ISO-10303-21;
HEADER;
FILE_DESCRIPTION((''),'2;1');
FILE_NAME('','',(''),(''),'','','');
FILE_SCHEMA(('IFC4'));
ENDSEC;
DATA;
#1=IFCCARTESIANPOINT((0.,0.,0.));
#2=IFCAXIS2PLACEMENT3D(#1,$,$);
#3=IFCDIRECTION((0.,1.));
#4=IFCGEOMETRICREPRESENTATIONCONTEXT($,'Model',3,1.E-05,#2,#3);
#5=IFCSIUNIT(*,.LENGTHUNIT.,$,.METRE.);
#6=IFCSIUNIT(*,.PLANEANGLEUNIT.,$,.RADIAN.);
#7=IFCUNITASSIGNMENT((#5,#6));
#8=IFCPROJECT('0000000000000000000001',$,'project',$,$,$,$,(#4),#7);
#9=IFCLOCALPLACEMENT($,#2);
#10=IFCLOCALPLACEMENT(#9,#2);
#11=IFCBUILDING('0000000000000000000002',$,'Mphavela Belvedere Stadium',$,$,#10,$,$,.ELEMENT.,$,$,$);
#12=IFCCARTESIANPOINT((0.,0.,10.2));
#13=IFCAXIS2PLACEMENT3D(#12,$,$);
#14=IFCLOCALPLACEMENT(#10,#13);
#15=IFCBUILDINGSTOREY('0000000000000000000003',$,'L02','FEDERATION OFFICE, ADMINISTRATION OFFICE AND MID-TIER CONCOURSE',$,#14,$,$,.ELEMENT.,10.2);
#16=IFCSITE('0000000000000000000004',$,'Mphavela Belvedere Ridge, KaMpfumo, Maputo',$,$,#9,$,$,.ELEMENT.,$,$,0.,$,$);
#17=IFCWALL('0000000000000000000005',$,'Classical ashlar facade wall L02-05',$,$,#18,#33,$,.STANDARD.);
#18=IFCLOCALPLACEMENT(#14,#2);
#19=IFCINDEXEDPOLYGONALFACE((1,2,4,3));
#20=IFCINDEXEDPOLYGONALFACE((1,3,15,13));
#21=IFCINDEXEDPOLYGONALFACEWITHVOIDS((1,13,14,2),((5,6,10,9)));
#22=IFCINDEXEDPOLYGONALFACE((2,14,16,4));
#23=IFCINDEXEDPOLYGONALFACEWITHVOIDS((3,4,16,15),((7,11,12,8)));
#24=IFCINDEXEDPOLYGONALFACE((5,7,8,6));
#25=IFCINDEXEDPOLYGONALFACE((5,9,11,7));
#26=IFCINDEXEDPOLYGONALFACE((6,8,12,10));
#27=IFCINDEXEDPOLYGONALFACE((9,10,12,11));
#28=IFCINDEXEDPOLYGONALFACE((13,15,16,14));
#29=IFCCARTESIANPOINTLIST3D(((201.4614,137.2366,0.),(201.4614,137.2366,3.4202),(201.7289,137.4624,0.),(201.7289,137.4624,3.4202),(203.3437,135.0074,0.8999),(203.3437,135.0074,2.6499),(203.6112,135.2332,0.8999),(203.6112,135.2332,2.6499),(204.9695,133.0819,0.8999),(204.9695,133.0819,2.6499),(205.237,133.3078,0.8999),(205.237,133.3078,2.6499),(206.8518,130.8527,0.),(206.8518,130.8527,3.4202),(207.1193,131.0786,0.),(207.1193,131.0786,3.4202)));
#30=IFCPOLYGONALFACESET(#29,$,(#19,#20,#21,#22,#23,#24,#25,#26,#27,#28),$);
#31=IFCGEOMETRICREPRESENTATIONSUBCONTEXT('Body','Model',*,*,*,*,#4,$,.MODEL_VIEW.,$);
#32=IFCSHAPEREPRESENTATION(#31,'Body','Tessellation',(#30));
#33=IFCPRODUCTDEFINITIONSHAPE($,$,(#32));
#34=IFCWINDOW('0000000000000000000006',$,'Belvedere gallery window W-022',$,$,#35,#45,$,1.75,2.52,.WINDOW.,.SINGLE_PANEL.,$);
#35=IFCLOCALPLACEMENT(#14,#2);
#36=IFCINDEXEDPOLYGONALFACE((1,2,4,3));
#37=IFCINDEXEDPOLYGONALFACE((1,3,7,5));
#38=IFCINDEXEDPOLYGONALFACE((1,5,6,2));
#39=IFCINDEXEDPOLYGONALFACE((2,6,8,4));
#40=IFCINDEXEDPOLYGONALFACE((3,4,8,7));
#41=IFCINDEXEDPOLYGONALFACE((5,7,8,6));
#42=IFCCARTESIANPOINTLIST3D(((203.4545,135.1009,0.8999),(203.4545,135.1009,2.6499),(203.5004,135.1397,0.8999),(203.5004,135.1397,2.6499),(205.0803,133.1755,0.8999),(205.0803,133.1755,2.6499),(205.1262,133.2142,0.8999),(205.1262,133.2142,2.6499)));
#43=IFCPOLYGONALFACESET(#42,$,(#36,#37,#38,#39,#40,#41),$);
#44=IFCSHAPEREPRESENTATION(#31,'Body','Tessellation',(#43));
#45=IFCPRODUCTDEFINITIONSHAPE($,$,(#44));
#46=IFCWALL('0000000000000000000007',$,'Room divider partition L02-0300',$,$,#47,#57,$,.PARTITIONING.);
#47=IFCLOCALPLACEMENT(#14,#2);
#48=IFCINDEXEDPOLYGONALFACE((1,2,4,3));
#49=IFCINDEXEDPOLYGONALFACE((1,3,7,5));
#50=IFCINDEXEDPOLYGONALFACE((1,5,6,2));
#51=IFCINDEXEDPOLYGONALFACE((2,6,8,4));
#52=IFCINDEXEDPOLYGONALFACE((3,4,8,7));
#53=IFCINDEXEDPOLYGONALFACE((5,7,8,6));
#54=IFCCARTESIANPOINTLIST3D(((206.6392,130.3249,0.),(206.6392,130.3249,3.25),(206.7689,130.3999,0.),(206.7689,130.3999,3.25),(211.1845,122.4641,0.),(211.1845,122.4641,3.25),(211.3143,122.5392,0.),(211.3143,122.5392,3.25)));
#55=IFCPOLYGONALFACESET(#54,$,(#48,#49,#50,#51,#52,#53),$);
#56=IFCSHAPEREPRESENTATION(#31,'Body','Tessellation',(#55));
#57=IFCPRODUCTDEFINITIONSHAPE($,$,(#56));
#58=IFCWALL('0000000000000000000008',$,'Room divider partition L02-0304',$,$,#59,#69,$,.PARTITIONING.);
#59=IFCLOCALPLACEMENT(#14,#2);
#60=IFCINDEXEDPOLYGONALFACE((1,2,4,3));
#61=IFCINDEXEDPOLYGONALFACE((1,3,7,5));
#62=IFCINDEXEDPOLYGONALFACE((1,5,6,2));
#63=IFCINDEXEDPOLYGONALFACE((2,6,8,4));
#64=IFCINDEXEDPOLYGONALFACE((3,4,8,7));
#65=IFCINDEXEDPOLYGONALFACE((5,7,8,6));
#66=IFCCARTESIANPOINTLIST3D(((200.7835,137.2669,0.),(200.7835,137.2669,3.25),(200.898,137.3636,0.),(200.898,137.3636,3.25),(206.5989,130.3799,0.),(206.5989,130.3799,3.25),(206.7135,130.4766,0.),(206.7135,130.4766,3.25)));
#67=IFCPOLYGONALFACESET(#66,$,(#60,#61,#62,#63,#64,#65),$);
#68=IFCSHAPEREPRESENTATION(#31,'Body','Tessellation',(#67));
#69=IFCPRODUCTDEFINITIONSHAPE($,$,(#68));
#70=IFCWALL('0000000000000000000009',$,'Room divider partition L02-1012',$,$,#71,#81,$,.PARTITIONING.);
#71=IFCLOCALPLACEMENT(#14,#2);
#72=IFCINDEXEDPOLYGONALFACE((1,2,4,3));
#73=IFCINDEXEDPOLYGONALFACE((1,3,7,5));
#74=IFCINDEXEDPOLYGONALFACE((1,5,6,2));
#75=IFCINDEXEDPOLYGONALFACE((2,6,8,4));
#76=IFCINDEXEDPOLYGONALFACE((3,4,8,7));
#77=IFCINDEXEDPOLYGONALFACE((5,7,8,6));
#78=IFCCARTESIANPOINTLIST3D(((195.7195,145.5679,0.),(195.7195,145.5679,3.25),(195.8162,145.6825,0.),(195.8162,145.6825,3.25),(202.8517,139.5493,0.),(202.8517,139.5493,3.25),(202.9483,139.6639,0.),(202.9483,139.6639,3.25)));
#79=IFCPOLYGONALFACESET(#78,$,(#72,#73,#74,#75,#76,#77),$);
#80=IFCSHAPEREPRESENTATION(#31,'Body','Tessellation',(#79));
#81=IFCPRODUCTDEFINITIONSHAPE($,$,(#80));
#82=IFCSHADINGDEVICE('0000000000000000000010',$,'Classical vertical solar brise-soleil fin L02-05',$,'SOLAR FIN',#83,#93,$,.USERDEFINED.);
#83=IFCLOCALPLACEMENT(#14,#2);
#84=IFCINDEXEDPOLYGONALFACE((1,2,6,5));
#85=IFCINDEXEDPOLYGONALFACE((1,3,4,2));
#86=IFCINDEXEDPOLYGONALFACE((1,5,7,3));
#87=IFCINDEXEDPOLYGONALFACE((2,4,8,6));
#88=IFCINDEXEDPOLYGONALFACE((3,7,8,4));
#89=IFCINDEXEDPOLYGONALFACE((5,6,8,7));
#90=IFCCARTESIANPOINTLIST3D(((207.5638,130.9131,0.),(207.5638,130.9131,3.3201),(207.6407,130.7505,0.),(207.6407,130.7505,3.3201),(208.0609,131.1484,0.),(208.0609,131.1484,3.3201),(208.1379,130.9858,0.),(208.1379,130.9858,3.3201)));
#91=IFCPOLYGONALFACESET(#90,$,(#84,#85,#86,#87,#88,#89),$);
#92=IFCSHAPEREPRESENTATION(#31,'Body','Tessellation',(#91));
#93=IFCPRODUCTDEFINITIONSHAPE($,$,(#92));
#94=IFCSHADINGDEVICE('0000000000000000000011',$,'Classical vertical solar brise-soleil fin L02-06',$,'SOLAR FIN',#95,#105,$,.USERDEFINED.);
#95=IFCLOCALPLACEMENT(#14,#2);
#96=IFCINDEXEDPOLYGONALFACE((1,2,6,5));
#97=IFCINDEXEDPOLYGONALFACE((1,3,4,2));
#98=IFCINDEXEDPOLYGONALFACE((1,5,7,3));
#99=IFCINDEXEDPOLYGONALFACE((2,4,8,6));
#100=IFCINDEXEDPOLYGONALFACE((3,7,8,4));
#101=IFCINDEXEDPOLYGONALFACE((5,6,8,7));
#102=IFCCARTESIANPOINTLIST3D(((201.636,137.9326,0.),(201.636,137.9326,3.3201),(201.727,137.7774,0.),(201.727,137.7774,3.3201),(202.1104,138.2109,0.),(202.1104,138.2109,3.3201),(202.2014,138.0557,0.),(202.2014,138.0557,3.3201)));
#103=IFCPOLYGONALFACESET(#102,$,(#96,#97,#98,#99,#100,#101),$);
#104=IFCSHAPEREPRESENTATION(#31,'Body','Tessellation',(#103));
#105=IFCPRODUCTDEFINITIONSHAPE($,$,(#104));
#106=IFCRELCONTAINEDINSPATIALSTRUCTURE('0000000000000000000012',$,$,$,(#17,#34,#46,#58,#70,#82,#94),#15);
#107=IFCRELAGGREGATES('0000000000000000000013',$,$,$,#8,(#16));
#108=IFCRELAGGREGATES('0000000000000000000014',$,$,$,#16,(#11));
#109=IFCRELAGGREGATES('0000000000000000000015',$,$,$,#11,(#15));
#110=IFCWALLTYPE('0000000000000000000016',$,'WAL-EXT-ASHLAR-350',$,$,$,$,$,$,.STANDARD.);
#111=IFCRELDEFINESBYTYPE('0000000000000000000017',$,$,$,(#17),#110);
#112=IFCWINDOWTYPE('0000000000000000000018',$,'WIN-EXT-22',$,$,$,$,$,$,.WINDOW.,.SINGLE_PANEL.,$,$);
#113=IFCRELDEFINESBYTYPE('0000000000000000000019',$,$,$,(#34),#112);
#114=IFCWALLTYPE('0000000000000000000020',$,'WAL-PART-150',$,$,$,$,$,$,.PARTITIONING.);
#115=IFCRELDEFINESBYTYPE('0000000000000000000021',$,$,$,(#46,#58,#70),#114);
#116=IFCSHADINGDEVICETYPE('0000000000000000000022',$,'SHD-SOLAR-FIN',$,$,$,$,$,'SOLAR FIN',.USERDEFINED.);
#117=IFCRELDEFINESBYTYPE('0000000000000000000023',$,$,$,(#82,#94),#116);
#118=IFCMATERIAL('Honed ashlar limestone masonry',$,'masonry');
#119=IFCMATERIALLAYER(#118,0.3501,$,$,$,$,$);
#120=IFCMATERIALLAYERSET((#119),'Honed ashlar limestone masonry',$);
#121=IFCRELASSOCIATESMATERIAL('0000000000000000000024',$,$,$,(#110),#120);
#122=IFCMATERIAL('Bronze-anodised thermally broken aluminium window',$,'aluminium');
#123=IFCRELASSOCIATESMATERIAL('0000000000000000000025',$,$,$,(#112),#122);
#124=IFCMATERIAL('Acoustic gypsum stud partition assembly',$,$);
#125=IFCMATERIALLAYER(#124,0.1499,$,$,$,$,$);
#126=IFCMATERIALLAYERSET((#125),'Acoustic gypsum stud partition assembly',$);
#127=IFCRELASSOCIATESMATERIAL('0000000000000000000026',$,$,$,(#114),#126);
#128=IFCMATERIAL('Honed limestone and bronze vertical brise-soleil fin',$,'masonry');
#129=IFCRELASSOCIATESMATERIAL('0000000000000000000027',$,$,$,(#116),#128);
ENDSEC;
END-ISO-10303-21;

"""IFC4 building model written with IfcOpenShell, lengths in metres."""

from ifc_helpers import new_model, si_unit, direction, frame, frame_2d, origin, origin_2d, place, context, subcontext, project, spatial, rectangle, extrude, material, layer, layer_set, type_object, element, fill, save


model = new_model("IFC4")

# Units and contexts
model_context = context("Model", 3, precision=1e-05, world=origin(), true_north=direction((0.0, 1.0)))
body_context = subcontext(model_context, "Body", "Model", "MODEL_VIEW")
ifc_project = project(units=[si_unit("LENGTHUNIT", "METRE"), si_unit("PLANEANGLEUNIT", "RADIAN")], contexts=[model_context])

# Site, building, storey
site_placement = place(None, origin())
site = spatial("IfcSite", under=ifc_project, at=site_placement, Name="Mphavela Belvedere Ridge, KaMpfumo, Maputo", CompositionType="ELEMENT", RefElevation=0.0)
building_placement = place(site_placement, origin())
building = spatial("IfcBuilding", under=site, at=building_placement, Name="Mphavela Belvedere Stadium", CompositionType="ELEMENT")
storey_placement = place(building_placement, frame((0.0, 0.0, 10.2)))
storey = spatial("IfcBuildingStorey", under=building, at=storey_placement, Name="L02", Description="FEDERATION OFFICE, ADMINISTRATION OFFICE AND MID-TIER CONCOURSE", CompositionType="ELEMENT", Elevation=10.2)

# Wall, opening, window
ifc_material_1 = material(Name="Honed ashlar limestone masonry", Category="masonry")
ifc_layer_1 = layer(ifc_material_1, 0.3501)
ifc_layer_set_1 = layer_set([ifc_layer_1], Name="Honed ashlar limestone masonry")
wall_type_1 = type_object("IfcWallType", Name="WAL-EXT-ASHLAR-350", PredefinedType="STANDARD", material=ifc_layer_set_1)
wall_1_placement = place(storey_placement, frame((206.9856, 130.9656, 0.0), z_axis=(0.0, 0.0, 1.0), x_axis=(-0.645155, 0.764052, 0.0)))
wall_1 = element("IfcWall", 1, at=wall_1_placement, inside=storey, type_object=wall_type_1, Name="Classical ashlar facade wall L02-05", PredefinedType="STANDARD", context=body_context, shape_type="SweptSolid", body=[
    extrude(rectangle(XDim=8.3552, YDim=0.3501, at=frame_2d((4.1777, 0.0))), origin(), (0.0, 0.0, 1.0), 3.4202),
])
opening_placement = place(wall_1_placement, frame((2.9177, 0.0, 0.8999)))
opening = element("IfcOpeningElement", 2, at=opening_placement, cuts=wall_1, PredefinedType="OPENING", context=body_context, shape_type="SweptSolid", body=[
    extrude(rectangle(XDim=2.52, YDim=1.75, at=frame_2d((1.26, 0.875))), frame((0.0, 0.1851, 0.0), z_axis=(0.0, -1.0, 0.0), x_axis=(1.0, 0.0, 0.0)), (0.0, 0.0, 1.0), 0.3701),
])
ifc_material_2 = material(Name="Bronze-anodised thermally broken aluminium window", Category="aluminium")
window_type = type_object("IfcWindowType", Name="WIN-EXT-22", PartitioningType="SINGLE_PANEL", PredefinedType="WINDOW", material=ifc_material_2)
window_placement = place(opening_placement, origin())
window = element("IfcWindow", 3, at=window_placement, inside=storey, type_object=window_type, Name="Belvedere gallery window W-022", OverallHeight=1.75, OverallWidth=2.52, PartitioningType="SINGLE_PANEL", PredefinedType="WINDOW", context=body_context, shape_type="SweptSolid", body=[
    extrude(rectangle(XDim=2.52, YDim=1.75, at=frame_2d((1.26, 0.875))), frame((0.0, 0.03, 0.0), z_axis=(0.0, -1.0, 0.0), x_axis=(1.0, 0.0, 0.0)), (0.0, 0.0, 1.0), 0.0601),
])
fill(opening, window)

# Walls
ifc_material_3 = material(Name="Acoustic gypsum stud partition assembly")
ifc_layer_2 = layer(ifc_material_3, 0.1499)
ifc_layer_set_2 = layer_set([ifc_layer_2], Name="Acoustic gypsum stud partition assembly")
wall_type_2 = type_object("IfcWallType", Name="WAL-PART-150", PredefinedType="PARTITIONING", material=ifc_layer_set_2)
wall_2_placement = place(storey_placement, frame((206.7041, 130.3623, 0.0), z_axis=(0.0, 0.0, 1.0), x_axis=(0.500574, -0.865694, 0.0)))
element("IfcWall", 4, at=wall_2_placement, inside=storey, type_object=wall_type_2, Name="Room divider partition L02-0300", PredefinedType="PARTITIONING", context=body_context, shape_type="SweptSolid", body=[
    extrude(rectangle(XDim=9.0803, YDim=0.1499, at=frame_2d((4.54, 0.0))), origin(), (0.0, 0.0, 1.0), 3.25),
])
wall_3_placement = place(storey_placement, frame((200.8408, 137.3152, 0.0), z_axis=(0.0, 0.0, 1.0), x_axis=(0.645166, -0.764042, 0.0)))
element("IfcWall", 5, at=wall_3_placement, inside=storey, type_object=wall_type_2, Name="Room divider partition L02-0304", PredefinedType="PARTITIONING", context=body_context, shape_type="SweptSolid", body=[
    extrude(rectangle(XDim=9.0139, YDim=0.1499, at=frame_2d((4.5068, 0.0))), origin(), (0.0, 0.0, 1.0), 3.25),
])
wall_4_placement = place(storey_placement, frame((202.8999, 139.6067, 0.0), z_axis=(0.0, 0.0, 1.0), x_axis=(-0.764246, 0.644925, 0.0)))
element("IfcWall", 6, at=wall_4_placement, inside=storey, type_object=wall_type_2, Name="Room divider partition L02-1012", PredefinedType="PARTITIONING", context=body_context, shape_type="SweptSolid", body=[
    extrude(rectangle(XDim=9.3323, YDim=0.1499, at=frame_2d((4.666, 0.0))), origin(), (0.0, 0.0, 1.0), 3.25),
])

# Shading devices
ifc_material_4 = material(Name="Honed limestone and bronze vertical brise-soleil fin", Category="masonry")
shading_device_type = type_object("IfcShadingDeviceType", Name="SHD-SOLAR-FIN", ElementType="SOLAR FIN", PredefinedType="USERDEFINED", material=ifc_material_4)
for number, where, z_axis, x_axis, name in (
    (7, (207.8508, 130.9495, 0.0), (0.0, 0.0, 1.0), (0.903859, 0.427831, 0.0), "Classical vertical solar brise-soleil fin L02-05"),
    (8, (201.9187, 137.9941, 0.0), (0.0, 0.0, 1.0), (0.862514, 0.506034, 0.0), "Classical vertical solar brise-soleil fin L02-06"),
):
    element("IfcShadingDevice", number, at=place(storey_placement, frame(where, z_axis=z_axis, x_axis=x_axis)), inside=storey, type_object=shading_device_type, Name=name, ObjectType="SOLAR FIN", PredefinedType="USERDEFINED", context=body_context, shape_type="SweptSolid", body=[
        extrude(rectangle(XDim=0.55, YDim=0.1799, at=origin_2d()), origin(), (0.0, 0.0, 1.0), 3.3201),
    ])

save(model, "model.ifc")
